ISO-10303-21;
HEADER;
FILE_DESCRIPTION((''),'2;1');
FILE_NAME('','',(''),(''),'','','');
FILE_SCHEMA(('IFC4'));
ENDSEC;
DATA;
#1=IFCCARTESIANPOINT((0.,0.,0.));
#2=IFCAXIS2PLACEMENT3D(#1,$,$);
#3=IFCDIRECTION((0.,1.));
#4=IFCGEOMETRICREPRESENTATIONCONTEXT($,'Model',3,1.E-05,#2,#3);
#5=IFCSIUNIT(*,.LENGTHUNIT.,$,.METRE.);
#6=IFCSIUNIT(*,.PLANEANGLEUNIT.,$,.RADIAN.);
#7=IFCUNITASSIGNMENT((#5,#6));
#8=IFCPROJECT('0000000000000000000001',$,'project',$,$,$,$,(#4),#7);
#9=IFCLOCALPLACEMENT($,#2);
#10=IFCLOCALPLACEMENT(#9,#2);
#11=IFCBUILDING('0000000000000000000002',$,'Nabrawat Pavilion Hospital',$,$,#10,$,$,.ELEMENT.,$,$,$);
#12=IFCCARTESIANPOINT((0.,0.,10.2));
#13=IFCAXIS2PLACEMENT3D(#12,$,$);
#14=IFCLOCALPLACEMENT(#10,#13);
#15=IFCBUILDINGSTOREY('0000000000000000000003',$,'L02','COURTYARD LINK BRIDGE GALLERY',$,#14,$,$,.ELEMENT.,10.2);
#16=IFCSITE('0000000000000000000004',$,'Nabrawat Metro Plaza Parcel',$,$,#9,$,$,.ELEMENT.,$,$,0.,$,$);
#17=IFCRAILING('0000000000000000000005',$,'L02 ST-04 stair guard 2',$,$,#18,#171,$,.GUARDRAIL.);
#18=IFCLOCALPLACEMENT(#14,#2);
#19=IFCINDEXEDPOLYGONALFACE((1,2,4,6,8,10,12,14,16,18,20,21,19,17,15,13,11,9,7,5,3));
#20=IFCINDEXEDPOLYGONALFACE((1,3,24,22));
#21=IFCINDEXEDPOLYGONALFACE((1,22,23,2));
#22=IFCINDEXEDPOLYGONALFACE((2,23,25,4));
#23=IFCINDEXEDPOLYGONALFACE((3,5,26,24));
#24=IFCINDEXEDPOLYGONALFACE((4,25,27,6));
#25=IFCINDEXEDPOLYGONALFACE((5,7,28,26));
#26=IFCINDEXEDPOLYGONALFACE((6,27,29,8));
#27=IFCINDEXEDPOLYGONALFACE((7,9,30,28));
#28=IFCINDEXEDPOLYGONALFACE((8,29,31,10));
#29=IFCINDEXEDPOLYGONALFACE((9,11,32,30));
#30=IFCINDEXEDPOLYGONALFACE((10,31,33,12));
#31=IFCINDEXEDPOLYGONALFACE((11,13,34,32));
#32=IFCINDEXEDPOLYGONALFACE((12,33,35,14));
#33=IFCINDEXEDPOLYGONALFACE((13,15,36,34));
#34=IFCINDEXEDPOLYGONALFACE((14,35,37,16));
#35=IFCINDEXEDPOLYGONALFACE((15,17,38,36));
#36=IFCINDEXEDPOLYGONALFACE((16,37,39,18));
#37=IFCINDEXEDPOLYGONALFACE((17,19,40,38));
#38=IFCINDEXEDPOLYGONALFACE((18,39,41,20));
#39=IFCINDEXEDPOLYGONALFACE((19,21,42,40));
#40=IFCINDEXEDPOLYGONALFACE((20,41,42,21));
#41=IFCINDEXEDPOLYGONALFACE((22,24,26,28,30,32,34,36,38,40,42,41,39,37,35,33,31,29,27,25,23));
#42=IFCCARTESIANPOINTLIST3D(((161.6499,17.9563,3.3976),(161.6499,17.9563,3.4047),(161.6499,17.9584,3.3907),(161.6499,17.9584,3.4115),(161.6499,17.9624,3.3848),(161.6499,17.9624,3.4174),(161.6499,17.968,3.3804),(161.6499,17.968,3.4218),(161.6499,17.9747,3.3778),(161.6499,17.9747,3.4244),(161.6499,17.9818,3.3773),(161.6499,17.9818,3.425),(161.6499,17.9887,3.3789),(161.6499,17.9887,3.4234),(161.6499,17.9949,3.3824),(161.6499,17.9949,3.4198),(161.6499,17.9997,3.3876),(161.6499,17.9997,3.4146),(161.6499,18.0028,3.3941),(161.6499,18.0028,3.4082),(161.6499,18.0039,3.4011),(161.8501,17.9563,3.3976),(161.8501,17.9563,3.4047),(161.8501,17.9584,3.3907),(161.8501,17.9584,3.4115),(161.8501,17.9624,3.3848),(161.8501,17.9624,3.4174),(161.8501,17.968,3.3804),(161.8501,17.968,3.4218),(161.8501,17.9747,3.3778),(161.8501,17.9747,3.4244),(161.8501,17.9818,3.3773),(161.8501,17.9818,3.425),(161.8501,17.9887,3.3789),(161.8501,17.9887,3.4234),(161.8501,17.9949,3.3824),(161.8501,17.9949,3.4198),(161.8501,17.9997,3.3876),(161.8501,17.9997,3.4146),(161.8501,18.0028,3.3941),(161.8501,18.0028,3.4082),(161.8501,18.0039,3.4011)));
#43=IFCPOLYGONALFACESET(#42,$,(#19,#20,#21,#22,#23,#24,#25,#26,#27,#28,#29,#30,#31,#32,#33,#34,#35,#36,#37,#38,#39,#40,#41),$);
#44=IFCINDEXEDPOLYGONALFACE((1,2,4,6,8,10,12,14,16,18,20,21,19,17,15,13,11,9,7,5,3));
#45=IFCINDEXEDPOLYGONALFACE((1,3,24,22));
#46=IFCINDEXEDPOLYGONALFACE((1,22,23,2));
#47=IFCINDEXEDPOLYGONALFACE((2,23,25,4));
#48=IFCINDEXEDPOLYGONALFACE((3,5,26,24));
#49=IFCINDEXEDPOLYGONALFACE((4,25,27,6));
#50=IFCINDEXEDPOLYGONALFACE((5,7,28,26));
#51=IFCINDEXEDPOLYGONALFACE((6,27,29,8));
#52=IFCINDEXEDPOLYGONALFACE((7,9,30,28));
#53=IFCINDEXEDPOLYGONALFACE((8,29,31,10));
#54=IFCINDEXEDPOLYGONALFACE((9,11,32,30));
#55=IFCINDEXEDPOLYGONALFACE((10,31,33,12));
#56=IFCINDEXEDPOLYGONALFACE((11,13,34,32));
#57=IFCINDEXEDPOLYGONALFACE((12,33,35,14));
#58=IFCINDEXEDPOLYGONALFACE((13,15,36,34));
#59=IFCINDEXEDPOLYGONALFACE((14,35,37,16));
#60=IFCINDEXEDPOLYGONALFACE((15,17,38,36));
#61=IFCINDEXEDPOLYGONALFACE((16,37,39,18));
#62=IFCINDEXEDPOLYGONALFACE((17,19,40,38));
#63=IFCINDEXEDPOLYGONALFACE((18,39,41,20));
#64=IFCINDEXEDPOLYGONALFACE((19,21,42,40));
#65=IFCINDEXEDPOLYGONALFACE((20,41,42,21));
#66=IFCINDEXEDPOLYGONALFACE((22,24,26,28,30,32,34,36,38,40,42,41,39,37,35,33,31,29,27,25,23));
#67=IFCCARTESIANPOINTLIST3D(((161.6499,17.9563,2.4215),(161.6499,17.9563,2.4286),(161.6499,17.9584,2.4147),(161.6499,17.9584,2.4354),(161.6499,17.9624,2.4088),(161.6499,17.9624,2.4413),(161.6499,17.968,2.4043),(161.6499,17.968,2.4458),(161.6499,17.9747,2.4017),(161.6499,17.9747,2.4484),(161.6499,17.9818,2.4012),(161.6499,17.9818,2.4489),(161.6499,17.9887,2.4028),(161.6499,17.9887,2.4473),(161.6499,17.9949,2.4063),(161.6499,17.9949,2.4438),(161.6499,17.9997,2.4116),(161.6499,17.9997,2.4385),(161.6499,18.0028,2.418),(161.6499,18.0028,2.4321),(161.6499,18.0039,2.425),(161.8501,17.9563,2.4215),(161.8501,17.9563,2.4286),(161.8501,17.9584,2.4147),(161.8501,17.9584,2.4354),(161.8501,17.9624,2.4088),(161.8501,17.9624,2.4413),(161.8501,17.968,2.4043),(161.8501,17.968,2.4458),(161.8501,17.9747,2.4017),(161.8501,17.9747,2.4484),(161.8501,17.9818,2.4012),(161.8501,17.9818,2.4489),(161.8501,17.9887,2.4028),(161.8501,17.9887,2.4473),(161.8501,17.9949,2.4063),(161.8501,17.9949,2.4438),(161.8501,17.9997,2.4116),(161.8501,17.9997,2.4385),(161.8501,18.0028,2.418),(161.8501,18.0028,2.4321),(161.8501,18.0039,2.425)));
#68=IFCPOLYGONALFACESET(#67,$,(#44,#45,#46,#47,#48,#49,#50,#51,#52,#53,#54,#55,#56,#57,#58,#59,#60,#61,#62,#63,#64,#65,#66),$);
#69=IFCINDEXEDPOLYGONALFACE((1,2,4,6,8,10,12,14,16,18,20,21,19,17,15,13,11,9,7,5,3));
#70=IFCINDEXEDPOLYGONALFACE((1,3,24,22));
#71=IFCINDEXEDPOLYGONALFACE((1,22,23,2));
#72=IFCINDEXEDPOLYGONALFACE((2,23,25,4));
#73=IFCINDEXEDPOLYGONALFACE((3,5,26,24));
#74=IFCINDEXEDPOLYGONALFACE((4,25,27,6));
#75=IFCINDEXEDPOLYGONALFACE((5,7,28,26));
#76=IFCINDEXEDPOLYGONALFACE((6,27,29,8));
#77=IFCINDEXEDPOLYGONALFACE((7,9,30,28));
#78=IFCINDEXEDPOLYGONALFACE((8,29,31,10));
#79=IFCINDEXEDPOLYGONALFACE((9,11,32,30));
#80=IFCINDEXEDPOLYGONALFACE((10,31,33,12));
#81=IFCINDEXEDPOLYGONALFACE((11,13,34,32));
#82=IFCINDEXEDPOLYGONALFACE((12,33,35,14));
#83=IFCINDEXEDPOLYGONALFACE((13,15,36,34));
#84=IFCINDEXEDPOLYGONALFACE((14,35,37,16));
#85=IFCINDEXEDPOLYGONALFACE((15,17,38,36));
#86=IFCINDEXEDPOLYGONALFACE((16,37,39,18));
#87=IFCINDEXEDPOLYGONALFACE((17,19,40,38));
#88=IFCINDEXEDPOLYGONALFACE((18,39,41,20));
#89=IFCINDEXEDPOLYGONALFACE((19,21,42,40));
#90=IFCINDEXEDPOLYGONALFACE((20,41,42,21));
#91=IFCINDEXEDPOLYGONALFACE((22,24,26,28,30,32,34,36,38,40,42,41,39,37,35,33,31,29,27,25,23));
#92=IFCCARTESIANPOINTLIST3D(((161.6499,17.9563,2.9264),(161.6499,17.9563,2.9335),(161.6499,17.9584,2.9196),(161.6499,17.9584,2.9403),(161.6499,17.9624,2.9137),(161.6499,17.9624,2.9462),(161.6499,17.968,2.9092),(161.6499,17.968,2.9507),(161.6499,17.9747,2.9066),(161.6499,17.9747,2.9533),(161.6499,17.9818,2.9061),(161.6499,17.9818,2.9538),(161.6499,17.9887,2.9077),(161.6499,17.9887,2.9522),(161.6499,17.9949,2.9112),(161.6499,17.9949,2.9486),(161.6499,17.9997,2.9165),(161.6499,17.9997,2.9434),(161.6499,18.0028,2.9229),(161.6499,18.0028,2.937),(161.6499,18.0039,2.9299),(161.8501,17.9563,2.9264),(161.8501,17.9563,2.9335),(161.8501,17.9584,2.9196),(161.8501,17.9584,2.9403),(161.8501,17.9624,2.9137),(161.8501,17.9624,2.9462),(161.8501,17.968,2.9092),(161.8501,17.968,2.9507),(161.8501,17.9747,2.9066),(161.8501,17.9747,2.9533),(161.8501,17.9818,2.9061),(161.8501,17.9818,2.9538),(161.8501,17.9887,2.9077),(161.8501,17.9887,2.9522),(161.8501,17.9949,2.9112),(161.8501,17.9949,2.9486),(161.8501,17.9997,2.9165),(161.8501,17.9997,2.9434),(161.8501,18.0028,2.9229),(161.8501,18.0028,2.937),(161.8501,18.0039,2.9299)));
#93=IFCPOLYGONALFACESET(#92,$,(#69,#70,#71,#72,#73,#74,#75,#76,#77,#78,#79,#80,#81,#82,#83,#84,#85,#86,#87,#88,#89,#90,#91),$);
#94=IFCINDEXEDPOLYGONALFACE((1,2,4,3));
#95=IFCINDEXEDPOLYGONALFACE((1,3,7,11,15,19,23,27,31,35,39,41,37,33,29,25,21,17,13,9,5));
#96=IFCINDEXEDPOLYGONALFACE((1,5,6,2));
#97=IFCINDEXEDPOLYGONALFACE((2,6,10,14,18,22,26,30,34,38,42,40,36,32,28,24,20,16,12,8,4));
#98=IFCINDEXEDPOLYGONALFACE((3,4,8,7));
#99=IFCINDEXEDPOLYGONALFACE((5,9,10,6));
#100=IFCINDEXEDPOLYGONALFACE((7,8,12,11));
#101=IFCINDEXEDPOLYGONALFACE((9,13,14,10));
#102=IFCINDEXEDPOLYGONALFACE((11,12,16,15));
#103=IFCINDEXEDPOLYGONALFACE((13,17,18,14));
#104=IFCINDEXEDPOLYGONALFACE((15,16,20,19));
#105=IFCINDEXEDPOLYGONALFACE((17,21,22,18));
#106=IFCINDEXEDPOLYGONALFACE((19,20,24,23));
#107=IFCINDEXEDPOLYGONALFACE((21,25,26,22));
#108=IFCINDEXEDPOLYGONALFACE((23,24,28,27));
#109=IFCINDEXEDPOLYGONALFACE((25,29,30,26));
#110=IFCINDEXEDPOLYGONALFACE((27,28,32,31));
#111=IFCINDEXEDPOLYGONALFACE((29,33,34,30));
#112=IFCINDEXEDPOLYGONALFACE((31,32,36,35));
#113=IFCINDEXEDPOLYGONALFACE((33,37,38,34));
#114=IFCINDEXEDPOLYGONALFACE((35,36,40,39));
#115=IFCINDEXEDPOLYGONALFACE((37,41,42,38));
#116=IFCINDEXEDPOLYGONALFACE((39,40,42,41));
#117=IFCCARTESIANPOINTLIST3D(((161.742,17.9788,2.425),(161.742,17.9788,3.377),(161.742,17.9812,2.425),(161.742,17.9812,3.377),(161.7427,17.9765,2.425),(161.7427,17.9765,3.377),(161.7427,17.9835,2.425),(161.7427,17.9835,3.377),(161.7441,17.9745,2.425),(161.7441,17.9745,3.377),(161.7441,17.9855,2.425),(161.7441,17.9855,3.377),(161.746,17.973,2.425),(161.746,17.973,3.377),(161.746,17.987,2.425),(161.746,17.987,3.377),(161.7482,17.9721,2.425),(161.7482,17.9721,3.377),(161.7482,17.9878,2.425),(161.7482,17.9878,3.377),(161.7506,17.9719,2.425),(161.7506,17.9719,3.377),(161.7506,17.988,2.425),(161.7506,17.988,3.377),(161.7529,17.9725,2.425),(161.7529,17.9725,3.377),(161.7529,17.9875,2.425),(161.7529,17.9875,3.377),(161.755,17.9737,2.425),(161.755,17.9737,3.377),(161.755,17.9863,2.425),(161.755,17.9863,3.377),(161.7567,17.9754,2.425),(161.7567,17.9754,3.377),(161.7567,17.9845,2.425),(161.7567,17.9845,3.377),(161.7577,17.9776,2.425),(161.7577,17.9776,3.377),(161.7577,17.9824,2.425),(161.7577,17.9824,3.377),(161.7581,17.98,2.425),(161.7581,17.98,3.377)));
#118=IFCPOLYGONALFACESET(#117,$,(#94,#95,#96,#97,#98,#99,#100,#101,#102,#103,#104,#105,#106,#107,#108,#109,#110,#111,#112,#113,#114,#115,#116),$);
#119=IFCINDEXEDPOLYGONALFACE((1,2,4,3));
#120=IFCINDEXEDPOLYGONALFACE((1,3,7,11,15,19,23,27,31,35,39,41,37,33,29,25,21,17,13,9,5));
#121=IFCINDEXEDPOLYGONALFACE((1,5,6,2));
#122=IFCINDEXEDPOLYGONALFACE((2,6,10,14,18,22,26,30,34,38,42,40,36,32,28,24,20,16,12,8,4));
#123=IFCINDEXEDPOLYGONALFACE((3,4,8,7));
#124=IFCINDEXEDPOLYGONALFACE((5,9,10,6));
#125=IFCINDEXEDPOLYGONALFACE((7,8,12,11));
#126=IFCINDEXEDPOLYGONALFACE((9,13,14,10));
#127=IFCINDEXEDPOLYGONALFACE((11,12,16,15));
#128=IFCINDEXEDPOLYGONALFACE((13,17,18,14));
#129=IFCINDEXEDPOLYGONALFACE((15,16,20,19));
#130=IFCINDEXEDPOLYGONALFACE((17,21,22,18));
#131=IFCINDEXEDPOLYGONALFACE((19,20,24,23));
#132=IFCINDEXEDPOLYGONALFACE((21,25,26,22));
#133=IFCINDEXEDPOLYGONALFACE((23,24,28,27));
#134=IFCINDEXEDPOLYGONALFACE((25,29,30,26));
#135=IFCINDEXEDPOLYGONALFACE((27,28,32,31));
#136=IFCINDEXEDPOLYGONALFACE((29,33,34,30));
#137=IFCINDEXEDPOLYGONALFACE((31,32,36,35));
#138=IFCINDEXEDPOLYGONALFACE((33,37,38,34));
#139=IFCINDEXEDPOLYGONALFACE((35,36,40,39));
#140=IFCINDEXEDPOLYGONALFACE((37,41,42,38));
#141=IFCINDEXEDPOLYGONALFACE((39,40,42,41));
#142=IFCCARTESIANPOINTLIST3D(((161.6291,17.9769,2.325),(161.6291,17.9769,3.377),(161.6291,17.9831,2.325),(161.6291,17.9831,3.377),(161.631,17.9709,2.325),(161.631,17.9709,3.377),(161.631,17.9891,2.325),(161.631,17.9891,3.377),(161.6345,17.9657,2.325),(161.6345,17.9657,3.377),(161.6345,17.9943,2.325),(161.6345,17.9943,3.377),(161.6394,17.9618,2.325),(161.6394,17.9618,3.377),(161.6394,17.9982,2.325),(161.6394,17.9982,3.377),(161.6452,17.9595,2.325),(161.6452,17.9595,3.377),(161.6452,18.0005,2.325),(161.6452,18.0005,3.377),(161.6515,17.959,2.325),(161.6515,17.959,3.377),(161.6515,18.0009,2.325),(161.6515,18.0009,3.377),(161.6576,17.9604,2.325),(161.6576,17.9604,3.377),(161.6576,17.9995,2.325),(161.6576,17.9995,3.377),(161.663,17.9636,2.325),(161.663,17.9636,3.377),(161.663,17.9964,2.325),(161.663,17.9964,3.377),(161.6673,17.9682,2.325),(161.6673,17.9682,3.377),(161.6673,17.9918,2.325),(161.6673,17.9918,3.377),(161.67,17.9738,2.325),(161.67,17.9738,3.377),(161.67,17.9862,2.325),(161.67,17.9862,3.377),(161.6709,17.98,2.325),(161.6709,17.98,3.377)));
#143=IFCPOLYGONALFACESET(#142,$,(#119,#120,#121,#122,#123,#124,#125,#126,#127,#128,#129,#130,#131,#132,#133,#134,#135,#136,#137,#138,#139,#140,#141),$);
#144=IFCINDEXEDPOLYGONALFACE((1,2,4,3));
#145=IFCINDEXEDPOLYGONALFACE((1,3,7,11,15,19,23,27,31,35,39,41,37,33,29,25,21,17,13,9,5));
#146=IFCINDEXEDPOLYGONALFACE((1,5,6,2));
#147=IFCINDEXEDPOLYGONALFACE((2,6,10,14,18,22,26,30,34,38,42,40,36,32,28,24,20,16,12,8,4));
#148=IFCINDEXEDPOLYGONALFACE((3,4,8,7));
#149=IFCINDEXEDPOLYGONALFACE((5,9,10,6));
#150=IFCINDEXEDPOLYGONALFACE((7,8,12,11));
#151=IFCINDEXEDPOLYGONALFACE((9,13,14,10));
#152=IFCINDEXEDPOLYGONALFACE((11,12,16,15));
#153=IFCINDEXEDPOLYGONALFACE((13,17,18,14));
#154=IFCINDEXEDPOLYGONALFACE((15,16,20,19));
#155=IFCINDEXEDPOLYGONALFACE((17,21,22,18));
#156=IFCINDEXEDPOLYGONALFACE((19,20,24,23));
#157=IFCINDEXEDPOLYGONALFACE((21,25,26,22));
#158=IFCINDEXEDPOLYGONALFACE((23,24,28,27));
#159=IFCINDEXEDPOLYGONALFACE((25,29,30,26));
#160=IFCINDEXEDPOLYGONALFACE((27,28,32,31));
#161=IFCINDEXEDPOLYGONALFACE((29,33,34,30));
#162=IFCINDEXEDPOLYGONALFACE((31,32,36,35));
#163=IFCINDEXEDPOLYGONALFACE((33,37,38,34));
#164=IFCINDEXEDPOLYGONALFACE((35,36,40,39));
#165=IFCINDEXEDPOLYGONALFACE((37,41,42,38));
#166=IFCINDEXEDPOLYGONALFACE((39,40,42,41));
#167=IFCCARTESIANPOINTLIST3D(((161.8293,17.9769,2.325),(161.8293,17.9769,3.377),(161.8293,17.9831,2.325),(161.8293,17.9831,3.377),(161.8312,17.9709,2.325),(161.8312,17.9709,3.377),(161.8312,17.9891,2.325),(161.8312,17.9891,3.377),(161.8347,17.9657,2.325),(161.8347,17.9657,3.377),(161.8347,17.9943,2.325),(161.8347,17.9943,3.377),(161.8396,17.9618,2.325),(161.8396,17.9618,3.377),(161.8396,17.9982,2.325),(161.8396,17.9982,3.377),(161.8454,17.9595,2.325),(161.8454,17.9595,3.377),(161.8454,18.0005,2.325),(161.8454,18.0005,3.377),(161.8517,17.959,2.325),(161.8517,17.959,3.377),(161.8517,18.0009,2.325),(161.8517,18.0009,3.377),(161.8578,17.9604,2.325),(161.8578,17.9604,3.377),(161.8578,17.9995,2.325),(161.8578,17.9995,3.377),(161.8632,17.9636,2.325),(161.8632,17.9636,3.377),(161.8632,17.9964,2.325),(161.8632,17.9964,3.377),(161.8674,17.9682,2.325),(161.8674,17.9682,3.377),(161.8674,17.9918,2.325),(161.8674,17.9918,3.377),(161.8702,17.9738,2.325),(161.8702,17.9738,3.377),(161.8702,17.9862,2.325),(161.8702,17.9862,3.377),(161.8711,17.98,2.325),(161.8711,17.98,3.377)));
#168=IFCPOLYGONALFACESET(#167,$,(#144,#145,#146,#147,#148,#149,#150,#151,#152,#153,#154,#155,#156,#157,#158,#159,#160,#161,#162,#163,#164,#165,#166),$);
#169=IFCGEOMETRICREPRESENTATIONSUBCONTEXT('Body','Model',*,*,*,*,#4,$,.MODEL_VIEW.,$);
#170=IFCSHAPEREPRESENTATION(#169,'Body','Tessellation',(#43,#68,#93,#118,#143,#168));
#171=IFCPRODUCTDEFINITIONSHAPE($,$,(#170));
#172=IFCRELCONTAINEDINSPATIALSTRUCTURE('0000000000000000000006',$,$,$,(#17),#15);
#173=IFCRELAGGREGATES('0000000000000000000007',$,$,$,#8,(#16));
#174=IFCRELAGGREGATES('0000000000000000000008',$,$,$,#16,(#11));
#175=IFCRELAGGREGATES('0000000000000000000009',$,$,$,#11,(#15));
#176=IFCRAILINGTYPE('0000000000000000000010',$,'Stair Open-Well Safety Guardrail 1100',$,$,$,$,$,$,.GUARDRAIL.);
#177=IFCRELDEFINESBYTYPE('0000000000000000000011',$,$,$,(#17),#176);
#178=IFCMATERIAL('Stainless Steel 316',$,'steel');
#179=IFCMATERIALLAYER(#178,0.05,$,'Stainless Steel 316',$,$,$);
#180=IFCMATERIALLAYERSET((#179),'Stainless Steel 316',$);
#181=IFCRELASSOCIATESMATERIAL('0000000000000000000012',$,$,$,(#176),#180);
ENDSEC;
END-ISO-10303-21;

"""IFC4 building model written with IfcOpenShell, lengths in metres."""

from ifc_helpers import new_model, si_unit, direction, frame, origin, origin_2d, place, context, subcontext, project, spatial, circle, extrude, material, layer, layer_set, type_object, element, save


model = new_model("IFC4")

# Units and contexts
model_context = context("Model", 3, precision=1e-05, world=origin(), true_north=direction((0.0, 1.0)))
body_context = subcontext(model_context, "Body", "Model", "MODEL_VIEW")
ifc_project = project(units=[si_unit("LENGTHUNIT", "METRE"), si_unit("PLANEANGLEUNIT", "RADIAN")], contexts=[model_context])

# Site, building, storey
site_placement = place(None, origin())
site = spatial("IfcSite", under=ifc_project, at=site_placement, Name="Nabrawat Metro Plaza Parcel", CompositionType="ELEMENT", RefElevation=0.0)
building_placement = place(site_placement, origin())
building = spatial("IfcBuilding", under=site, at=building_placement, Name="Nabrawat Pavilion Hospital", CompositionType="ELEMENT")
storey_placement = place(building_placement, frame((0.0, 0.0, 10.2)))
storey = spatial("IfcBuildingStorey", under=building, at=storey_placement, Name="L02", Description="COURTYARD LINK BRIDGE GALLERY", CompositionType="ELEMENT", Elevation=10.2)

# Railing
ifc_material_1 = material(Name="Stainless Steel 316", Category="steel")
ifc_layer_1 = layer(ifc_material_1, 0.05, Name="Stainless Steel 316")
ifc_layer_set_1 = layer_set([ifc_layer_1], Name="Stainless Steel 316")
railing_type_1 = type_object("IfcRailingType", Name="Stair Open-Well Safety Guardrail 1100", PredefinedType="GUARDRAIL", material=ifc_layer_set_1)
railing_1_placement = place(storey_placement, frame((161.6499, 17.98, 2.325)))
element("IfcRailing", 1, at=railing_1_placement, inside=storey, type_object=railing_type_1, Name="L02 ST-04 stair guard 2", PredefinedType="GUARDRAIL", context=body_context, shape_type="SweptSolid", body=[
    extrude(circle(Radius=0.0239, at=origin_2d()), frame((0.0, 0.0, 1.0762), z_axis=(1.0, 0.0, 0.0), x_axis=(0.0, 1.0, 0.0)), (0.0, 0.0, 1.0), 0.2002),
    extrude(circle(Radius=0.0239, at=origin_2d()), frame((0.0, 0.0, 0.1001), z_axis=(1.0, 0.0, 0.0), x_axis=(0.0, 1.0, 0.0)), (0.0, 0.0, 1.0), 0.2002),
    extrude(circle(Radius=0.0239, at=origin_2d()), frame((0.0, 0.0, 0.605), z_axis=(1.0, 0.0, 0.0), x_axis=(0.0, 1.0, 0.0)), (0.0, 0.0, 1.0), 0.2002),
    extrude(circle(Radius=0.0081, at=origin_2d()), frame((0.1001, 0.0, 0.1001)), (0.0, 0.0, 1.0), 0.9519),
    extrude(circle(Radius=0.021, at=origin_2d()), origin(), (0.0, 0.0, 1.0), 1.052),
    extrude(circle(Radius=0.021, at=origin_2d()), frame((0.2002, 0.0, 0.0)), (0.0, 0.0, 1.0), 1.052),
])

save(model, "model.ifc")
